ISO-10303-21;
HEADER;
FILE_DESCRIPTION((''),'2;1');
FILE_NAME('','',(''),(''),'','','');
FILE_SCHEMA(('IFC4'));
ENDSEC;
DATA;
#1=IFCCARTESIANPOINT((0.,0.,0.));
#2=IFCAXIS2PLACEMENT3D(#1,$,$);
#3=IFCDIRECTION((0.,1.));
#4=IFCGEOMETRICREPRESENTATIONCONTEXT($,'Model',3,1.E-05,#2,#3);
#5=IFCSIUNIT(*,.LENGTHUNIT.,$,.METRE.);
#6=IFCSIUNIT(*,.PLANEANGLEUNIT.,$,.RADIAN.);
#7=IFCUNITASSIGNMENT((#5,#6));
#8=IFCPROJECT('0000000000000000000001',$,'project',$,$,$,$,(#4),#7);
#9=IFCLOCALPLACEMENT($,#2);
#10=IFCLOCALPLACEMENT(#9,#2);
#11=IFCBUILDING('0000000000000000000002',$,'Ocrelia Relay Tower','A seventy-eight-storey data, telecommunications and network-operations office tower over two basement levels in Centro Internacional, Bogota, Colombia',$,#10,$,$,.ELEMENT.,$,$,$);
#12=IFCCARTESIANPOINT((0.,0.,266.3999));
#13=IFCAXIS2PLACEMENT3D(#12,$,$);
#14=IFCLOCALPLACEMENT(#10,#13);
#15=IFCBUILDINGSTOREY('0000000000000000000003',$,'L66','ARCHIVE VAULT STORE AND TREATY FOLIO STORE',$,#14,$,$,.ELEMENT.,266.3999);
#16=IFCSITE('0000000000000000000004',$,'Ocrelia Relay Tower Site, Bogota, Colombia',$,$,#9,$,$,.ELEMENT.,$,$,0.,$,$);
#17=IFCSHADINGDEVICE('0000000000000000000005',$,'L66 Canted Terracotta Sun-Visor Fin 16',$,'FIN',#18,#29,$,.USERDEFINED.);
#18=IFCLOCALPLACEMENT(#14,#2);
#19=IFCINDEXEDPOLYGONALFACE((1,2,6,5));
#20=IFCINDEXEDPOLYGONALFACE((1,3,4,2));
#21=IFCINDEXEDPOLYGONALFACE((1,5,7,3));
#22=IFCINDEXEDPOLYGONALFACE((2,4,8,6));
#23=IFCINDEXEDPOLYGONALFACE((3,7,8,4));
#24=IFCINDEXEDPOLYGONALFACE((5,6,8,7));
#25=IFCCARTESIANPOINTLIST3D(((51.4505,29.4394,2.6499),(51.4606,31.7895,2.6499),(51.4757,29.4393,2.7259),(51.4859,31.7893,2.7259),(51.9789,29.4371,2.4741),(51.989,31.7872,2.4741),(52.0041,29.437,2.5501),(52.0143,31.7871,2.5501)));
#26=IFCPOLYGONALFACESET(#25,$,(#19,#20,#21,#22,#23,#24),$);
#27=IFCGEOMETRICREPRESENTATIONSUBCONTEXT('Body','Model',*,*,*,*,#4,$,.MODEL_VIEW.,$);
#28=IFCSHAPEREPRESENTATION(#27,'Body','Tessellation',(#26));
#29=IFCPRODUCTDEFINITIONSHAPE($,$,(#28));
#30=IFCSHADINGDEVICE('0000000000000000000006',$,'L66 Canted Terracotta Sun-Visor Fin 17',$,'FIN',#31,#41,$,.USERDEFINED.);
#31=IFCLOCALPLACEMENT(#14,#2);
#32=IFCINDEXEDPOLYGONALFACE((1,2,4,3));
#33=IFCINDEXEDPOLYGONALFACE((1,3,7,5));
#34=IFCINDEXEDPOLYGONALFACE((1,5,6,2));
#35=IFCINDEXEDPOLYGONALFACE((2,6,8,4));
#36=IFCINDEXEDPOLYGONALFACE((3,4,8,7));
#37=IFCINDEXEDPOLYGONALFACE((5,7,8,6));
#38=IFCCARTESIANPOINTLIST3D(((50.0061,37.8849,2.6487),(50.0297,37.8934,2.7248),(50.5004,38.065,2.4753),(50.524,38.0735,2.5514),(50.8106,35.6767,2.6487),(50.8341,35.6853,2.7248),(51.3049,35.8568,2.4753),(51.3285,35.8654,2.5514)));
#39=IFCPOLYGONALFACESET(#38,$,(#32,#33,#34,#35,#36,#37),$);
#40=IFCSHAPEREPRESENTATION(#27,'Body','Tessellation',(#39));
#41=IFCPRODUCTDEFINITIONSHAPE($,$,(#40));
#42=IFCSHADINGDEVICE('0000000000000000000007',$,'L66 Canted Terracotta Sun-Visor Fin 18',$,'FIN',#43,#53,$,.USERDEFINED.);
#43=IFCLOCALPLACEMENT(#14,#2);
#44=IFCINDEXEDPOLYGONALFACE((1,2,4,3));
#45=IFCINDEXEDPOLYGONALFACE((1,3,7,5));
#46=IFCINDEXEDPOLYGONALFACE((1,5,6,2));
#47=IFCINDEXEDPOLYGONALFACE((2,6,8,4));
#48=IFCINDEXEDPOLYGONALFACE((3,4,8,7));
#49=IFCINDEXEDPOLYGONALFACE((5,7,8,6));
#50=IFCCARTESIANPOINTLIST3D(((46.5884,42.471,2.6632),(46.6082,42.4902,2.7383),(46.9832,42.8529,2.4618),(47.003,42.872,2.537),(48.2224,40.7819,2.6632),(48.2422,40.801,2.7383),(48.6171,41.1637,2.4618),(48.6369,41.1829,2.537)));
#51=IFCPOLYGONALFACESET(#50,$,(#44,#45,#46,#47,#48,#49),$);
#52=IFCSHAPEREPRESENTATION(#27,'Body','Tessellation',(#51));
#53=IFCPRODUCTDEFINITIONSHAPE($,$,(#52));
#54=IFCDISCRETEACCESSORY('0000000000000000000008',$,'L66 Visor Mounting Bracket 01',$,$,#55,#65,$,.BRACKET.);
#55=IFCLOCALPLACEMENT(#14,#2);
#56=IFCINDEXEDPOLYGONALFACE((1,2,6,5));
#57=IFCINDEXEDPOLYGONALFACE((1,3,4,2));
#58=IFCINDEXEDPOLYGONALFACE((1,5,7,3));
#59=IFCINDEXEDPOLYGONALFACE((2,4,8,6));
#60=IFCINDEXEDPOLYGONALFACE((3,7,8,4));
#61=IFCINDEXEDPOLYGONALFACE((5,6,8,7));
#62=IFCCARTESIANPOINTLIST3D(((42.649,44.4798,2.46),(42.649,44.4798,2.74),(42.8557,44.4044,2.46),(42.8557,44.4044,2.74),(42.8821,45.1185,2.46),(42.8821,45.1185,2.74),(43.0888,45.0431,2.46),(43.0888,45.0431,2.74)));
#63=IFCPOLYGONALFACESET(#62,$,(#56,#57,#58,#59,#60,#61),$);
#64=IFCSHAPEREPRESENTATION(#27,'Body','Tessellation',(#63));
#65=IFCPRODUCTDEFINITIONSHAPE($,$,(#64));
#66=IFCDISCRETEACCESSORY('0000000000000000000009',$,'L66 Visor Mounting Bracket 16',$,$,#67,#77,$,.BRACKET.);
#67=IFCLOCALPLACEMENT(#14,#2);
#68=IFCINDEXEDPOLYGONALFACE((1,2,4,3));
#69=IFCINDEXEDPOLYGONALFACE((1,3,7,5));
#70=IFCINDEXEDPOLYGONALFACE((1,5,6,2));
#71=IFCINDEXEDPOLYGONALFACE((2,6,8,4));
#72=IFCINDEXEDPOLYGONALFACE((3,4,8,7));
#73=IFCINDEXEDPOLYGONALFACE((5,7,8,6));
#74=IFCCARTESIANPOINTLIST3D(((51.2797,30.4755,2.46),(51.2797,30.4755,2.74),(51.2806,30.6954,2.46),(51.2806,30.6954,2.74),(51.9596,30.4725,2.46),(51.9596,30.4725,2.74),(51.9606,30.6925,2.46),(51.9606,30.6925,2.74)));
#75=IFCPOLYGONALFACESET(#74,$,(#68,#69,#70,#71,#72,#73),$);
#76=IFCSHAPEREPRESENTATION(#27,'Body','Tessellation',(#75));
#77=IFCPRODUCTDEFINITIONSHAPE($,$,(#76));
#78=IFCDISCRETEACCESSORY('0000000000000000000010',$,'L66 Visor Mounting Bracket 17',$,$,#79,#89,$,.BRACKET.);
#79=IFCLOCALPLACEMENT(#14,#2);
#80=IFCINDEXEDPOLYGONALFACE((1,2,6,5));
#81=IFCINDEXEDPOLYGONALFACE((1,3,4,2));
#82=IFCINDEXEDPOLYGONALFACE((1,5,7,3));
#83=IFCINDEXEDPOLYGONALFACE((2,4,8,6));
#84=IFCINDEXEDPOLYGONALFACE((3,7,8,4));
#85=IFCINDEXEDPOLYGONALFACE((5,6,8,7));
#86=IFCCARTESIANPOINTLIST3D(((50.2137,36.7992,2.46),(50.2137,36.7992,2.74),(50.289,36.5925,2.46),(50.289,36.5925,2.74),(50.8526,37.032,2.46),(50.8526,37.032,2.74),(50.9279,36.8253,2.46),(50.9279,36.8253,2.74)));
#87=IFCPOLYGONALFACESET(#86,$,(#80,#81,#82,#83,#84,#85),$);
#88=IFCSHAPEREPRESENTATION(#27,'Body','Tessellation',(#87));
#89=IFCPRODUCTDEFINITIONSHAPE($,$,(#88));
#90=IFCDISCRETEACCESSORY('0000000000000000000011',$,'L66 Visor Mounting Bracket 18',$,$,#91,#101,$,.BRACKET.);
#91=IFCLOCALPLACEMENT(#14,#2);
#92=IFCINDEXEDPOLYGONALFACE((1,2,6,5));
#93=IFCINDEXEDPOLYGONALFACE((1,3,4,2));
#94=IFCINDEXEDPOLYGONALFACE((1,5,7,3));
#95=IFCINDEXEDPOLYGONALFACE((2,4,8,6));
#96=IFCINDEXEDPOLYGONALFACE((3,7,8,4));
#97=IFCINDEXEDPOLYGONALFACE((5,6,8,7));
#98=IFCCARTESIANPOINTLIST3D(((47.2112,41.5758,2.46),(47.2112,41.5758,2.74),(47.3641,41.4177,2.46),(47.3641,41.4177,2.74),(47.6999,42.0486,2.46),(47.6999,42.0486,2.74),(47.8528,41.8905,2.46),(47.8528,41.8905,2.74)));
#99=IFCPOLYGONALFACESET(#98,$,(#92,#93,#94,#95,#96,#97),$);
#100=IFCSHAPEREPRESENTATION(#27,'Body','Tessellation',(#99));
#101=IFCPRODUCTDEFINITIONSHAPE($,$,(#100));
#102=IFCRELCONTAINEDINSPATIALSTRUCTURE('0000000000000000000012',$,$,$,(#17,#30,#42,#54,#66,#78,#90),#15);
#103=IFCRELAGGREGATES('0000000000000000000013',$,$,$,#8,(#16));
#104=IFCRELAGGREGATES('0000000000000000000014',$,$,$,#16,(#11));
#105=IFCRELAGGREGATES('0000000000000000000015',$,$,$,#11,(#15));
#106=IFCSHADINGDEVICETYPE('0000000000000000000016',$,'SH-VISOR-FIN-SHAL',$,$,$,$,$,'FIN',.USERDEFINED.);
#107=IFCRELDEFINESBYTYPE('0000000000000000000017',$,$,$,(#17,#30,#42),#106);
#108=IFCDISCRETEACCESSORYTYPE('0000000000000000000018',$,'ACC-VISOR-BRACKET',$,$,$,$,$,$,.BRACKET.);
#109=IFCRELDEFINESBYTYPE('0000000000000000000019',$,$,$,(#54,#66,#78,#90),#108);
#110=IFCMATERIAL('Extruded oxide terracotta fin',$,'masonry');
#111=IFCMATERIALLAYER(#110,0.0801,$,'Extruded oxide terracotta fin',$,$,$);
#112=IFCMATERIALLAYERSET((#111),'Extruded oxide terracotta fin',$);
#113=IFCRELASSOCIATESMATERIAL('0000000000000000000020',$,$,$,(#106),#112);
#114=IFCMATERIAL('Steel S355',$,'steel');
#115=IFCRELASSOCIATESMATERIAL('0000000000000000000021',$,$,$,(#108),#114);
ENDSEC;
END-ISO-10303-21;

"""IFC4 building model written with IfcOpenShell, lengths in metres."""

from ifc_helpers import new_model, si_unit, direction, frame, origin, origin_2d, place, context, subcontext, project, spatial, rectangle, extrude, material, layer, layer_set, type_object, element, save


model = new_model("IFC4")

# Units and contexts
model_context = context("Model", 3, precision=1e-05, world=origin(), true_north=direction((0.0, 1.0)))
body_context = subcontext(model_context, "Body", "Model", "MODEL_VIEW")
ifc_project = project(units=[si_unit("LENGTHUNIT", "METRE"), si_unit("PLANEANGLEUNIT", "RADIAN")], contexts=[model_context])

# Site, building, storey
site_placement = place(None, origin())
site = spatial("IfcSite", under=ifc_project, at=site_placement, Name="Ocrelia Relay Tower Site, Bogota, Colombia", CompositionType="ELEMENT", RefElevation=0.0)
building_placement = place(site_placement, origin())
building = spatial("IfcBuilding", under=site, at=building_placement, Name="Ocrelia Relay Tower", Description="A seventy-eight-storey data, telecommunications and network-operations office tower over two basement levels in Centro Internacional, Bogota, Colombia", CompositionType="ELEMENT")
storey_placement = place(building_placement, frame((0.0, 0.0, 266.3999)))
storey = spatial("IfcBuildingStorey", under=building, at=storey_placement, Name="L66", Description="ARCHIVE VAULT STORE AND TREATY FOLIO STORE", CompositionType="ELEMENT", Elevation=266.3999)

# Shared definitions
ifc_material_1 = material(Name="Steel S355", Category="steel")

# Shading devices
ifc_material_2 = material(Name="Extruded oxide terracotta fin", Category="masonry")
ifc_layer_1 = layer(ifc_material_2, 0.0801, Name="Extruded oxide terracotta fin")
ifc_layer_set_1 = layer_set([ifc_layer_1], Name="Extruded oxide terracotta fin")
shading_device_type_1 = type_object("IfcShadingDeviceType", Name="SH-VISOR-FIN-SHAL", ElementType="FIN", PredefinedType="USERDEFINED", material=ifc_layer_set_1)
shading_device_1_placement = place(storey_placement, frame((51.7197, 30.6133, 2.562), z_axis=(0.315646, -0.001359, 0.948876), x_axis=(0.004305, 0.999991, 0.0)))
element("IfcShadingDevice", 1, at=shading_device_1_placement, inside=storey, type_object=shading_device_type_1, Name="L66 Canted Terracotta Sun-Visor Fin 16", ObjectType="FIN", PredefinedType="USERDEFINED", context=body_context, shape_type="SweptSolid", body=[
    extrude(rectangle(XDim=2.3501, YDim=0.5569, at=origin_2d()), origin(), (0.0, 0.0, 1.0), 0.0801),
])
shading_device_2_placement = place(storey_placement, frame((50.6555, 36.8708, 2.562), z_axis=(0.294088, 0.107144, 0.949754), x_axis=(-0.342317, 0.939585, 0.0)))
element("IfcShadingDevice", 2, at=shading_device_2_placement, inside=storey, type_object=shading_device_type_1, Name="L66 Canted Terracotta Sun-Visor Fin 17", ObjectType="FIN", PredefinedType="USERDEFINED", context=body_context, shape_type="SweptSolid", body=[
    extrude(rectangle(XDim=2.3501, YDim=0.554, at=origin_2d()), origin(), (0.0, 0.0, 1.0), 0.0801),
])
shading_device_3_placement = place(storey_placement, frame((47.6028, 41.8174, 2.5625), z_axis=(0.247362, 0.239274, 0.938914), x_axis=(-0.695257, 0.718761, 0.0)))
element("IfcShadingDevice", 3, at=shading_device_3_placement, inside=storey, type_object=shading_device_type_1, Name="L66 Canted Terracotta Sun-Visor Fin 18", ObjectType="FIN", PredefinedType="USERDEFINED", context=body_context, shape_type="SweptSolid", body=[
    extrude(rectangle(XDim=2.3501, YDim=0.585, at=origin_2d()), origin(), (0.0, 0.0, 1.0), 0.0801),
])

# Discrete accessories
discrete_accessory_type = type_object("IfcDiscreteAccessoryType", Name="ACC-VISOR-BRACKET", PredefinedType="BRACKET", material=ifc_material_1)
for number, where, z_axis, x_axis, name in (
    (4, (42.8689, 44.7615, 2.46), (0.0, 0.0, 1.0), (-0.939409, 0.342799, 0.0), "L66 Visor Mounting Bracket 01"),
    (5, (51.6201, 30.584, 2.46), (0.0, 0.0, 1.0), (0.004305, 0.999991, 0.0), "L66 Visor Mounting Bracket 16"),
    (6, (50.5708, 36.8123, 2.46), (0.0, 0.0, 1.0), (-0.342317, 0.939585, 0.0), "L66 Visor Mounting Bracket 17"),
    (7, (47.532, 41.7332, 2.46), (0.0, 0.0, 1.0), (-0.695257, 0.718761, 0.0), "L66 Visor Mounting Bracket 18"),
):
    element("IfcDiscreteAccessory", number, at=place(storey_placement, frame(where, z_axis=z_axis, x_axis=x_axis)), inside=storey, type_object=discrete_accessory_type, Name=name, PredefinedType="BRACKET", context=body_context, shape_type="SweptSolid", body=[
        extrude(rectangle(XDim=0.22, YDim=0.6799, at=origin_2d()), origin(), (0.0, 0.0, 1.0), 0.28),
    ])

save(model, "model.ifc")
